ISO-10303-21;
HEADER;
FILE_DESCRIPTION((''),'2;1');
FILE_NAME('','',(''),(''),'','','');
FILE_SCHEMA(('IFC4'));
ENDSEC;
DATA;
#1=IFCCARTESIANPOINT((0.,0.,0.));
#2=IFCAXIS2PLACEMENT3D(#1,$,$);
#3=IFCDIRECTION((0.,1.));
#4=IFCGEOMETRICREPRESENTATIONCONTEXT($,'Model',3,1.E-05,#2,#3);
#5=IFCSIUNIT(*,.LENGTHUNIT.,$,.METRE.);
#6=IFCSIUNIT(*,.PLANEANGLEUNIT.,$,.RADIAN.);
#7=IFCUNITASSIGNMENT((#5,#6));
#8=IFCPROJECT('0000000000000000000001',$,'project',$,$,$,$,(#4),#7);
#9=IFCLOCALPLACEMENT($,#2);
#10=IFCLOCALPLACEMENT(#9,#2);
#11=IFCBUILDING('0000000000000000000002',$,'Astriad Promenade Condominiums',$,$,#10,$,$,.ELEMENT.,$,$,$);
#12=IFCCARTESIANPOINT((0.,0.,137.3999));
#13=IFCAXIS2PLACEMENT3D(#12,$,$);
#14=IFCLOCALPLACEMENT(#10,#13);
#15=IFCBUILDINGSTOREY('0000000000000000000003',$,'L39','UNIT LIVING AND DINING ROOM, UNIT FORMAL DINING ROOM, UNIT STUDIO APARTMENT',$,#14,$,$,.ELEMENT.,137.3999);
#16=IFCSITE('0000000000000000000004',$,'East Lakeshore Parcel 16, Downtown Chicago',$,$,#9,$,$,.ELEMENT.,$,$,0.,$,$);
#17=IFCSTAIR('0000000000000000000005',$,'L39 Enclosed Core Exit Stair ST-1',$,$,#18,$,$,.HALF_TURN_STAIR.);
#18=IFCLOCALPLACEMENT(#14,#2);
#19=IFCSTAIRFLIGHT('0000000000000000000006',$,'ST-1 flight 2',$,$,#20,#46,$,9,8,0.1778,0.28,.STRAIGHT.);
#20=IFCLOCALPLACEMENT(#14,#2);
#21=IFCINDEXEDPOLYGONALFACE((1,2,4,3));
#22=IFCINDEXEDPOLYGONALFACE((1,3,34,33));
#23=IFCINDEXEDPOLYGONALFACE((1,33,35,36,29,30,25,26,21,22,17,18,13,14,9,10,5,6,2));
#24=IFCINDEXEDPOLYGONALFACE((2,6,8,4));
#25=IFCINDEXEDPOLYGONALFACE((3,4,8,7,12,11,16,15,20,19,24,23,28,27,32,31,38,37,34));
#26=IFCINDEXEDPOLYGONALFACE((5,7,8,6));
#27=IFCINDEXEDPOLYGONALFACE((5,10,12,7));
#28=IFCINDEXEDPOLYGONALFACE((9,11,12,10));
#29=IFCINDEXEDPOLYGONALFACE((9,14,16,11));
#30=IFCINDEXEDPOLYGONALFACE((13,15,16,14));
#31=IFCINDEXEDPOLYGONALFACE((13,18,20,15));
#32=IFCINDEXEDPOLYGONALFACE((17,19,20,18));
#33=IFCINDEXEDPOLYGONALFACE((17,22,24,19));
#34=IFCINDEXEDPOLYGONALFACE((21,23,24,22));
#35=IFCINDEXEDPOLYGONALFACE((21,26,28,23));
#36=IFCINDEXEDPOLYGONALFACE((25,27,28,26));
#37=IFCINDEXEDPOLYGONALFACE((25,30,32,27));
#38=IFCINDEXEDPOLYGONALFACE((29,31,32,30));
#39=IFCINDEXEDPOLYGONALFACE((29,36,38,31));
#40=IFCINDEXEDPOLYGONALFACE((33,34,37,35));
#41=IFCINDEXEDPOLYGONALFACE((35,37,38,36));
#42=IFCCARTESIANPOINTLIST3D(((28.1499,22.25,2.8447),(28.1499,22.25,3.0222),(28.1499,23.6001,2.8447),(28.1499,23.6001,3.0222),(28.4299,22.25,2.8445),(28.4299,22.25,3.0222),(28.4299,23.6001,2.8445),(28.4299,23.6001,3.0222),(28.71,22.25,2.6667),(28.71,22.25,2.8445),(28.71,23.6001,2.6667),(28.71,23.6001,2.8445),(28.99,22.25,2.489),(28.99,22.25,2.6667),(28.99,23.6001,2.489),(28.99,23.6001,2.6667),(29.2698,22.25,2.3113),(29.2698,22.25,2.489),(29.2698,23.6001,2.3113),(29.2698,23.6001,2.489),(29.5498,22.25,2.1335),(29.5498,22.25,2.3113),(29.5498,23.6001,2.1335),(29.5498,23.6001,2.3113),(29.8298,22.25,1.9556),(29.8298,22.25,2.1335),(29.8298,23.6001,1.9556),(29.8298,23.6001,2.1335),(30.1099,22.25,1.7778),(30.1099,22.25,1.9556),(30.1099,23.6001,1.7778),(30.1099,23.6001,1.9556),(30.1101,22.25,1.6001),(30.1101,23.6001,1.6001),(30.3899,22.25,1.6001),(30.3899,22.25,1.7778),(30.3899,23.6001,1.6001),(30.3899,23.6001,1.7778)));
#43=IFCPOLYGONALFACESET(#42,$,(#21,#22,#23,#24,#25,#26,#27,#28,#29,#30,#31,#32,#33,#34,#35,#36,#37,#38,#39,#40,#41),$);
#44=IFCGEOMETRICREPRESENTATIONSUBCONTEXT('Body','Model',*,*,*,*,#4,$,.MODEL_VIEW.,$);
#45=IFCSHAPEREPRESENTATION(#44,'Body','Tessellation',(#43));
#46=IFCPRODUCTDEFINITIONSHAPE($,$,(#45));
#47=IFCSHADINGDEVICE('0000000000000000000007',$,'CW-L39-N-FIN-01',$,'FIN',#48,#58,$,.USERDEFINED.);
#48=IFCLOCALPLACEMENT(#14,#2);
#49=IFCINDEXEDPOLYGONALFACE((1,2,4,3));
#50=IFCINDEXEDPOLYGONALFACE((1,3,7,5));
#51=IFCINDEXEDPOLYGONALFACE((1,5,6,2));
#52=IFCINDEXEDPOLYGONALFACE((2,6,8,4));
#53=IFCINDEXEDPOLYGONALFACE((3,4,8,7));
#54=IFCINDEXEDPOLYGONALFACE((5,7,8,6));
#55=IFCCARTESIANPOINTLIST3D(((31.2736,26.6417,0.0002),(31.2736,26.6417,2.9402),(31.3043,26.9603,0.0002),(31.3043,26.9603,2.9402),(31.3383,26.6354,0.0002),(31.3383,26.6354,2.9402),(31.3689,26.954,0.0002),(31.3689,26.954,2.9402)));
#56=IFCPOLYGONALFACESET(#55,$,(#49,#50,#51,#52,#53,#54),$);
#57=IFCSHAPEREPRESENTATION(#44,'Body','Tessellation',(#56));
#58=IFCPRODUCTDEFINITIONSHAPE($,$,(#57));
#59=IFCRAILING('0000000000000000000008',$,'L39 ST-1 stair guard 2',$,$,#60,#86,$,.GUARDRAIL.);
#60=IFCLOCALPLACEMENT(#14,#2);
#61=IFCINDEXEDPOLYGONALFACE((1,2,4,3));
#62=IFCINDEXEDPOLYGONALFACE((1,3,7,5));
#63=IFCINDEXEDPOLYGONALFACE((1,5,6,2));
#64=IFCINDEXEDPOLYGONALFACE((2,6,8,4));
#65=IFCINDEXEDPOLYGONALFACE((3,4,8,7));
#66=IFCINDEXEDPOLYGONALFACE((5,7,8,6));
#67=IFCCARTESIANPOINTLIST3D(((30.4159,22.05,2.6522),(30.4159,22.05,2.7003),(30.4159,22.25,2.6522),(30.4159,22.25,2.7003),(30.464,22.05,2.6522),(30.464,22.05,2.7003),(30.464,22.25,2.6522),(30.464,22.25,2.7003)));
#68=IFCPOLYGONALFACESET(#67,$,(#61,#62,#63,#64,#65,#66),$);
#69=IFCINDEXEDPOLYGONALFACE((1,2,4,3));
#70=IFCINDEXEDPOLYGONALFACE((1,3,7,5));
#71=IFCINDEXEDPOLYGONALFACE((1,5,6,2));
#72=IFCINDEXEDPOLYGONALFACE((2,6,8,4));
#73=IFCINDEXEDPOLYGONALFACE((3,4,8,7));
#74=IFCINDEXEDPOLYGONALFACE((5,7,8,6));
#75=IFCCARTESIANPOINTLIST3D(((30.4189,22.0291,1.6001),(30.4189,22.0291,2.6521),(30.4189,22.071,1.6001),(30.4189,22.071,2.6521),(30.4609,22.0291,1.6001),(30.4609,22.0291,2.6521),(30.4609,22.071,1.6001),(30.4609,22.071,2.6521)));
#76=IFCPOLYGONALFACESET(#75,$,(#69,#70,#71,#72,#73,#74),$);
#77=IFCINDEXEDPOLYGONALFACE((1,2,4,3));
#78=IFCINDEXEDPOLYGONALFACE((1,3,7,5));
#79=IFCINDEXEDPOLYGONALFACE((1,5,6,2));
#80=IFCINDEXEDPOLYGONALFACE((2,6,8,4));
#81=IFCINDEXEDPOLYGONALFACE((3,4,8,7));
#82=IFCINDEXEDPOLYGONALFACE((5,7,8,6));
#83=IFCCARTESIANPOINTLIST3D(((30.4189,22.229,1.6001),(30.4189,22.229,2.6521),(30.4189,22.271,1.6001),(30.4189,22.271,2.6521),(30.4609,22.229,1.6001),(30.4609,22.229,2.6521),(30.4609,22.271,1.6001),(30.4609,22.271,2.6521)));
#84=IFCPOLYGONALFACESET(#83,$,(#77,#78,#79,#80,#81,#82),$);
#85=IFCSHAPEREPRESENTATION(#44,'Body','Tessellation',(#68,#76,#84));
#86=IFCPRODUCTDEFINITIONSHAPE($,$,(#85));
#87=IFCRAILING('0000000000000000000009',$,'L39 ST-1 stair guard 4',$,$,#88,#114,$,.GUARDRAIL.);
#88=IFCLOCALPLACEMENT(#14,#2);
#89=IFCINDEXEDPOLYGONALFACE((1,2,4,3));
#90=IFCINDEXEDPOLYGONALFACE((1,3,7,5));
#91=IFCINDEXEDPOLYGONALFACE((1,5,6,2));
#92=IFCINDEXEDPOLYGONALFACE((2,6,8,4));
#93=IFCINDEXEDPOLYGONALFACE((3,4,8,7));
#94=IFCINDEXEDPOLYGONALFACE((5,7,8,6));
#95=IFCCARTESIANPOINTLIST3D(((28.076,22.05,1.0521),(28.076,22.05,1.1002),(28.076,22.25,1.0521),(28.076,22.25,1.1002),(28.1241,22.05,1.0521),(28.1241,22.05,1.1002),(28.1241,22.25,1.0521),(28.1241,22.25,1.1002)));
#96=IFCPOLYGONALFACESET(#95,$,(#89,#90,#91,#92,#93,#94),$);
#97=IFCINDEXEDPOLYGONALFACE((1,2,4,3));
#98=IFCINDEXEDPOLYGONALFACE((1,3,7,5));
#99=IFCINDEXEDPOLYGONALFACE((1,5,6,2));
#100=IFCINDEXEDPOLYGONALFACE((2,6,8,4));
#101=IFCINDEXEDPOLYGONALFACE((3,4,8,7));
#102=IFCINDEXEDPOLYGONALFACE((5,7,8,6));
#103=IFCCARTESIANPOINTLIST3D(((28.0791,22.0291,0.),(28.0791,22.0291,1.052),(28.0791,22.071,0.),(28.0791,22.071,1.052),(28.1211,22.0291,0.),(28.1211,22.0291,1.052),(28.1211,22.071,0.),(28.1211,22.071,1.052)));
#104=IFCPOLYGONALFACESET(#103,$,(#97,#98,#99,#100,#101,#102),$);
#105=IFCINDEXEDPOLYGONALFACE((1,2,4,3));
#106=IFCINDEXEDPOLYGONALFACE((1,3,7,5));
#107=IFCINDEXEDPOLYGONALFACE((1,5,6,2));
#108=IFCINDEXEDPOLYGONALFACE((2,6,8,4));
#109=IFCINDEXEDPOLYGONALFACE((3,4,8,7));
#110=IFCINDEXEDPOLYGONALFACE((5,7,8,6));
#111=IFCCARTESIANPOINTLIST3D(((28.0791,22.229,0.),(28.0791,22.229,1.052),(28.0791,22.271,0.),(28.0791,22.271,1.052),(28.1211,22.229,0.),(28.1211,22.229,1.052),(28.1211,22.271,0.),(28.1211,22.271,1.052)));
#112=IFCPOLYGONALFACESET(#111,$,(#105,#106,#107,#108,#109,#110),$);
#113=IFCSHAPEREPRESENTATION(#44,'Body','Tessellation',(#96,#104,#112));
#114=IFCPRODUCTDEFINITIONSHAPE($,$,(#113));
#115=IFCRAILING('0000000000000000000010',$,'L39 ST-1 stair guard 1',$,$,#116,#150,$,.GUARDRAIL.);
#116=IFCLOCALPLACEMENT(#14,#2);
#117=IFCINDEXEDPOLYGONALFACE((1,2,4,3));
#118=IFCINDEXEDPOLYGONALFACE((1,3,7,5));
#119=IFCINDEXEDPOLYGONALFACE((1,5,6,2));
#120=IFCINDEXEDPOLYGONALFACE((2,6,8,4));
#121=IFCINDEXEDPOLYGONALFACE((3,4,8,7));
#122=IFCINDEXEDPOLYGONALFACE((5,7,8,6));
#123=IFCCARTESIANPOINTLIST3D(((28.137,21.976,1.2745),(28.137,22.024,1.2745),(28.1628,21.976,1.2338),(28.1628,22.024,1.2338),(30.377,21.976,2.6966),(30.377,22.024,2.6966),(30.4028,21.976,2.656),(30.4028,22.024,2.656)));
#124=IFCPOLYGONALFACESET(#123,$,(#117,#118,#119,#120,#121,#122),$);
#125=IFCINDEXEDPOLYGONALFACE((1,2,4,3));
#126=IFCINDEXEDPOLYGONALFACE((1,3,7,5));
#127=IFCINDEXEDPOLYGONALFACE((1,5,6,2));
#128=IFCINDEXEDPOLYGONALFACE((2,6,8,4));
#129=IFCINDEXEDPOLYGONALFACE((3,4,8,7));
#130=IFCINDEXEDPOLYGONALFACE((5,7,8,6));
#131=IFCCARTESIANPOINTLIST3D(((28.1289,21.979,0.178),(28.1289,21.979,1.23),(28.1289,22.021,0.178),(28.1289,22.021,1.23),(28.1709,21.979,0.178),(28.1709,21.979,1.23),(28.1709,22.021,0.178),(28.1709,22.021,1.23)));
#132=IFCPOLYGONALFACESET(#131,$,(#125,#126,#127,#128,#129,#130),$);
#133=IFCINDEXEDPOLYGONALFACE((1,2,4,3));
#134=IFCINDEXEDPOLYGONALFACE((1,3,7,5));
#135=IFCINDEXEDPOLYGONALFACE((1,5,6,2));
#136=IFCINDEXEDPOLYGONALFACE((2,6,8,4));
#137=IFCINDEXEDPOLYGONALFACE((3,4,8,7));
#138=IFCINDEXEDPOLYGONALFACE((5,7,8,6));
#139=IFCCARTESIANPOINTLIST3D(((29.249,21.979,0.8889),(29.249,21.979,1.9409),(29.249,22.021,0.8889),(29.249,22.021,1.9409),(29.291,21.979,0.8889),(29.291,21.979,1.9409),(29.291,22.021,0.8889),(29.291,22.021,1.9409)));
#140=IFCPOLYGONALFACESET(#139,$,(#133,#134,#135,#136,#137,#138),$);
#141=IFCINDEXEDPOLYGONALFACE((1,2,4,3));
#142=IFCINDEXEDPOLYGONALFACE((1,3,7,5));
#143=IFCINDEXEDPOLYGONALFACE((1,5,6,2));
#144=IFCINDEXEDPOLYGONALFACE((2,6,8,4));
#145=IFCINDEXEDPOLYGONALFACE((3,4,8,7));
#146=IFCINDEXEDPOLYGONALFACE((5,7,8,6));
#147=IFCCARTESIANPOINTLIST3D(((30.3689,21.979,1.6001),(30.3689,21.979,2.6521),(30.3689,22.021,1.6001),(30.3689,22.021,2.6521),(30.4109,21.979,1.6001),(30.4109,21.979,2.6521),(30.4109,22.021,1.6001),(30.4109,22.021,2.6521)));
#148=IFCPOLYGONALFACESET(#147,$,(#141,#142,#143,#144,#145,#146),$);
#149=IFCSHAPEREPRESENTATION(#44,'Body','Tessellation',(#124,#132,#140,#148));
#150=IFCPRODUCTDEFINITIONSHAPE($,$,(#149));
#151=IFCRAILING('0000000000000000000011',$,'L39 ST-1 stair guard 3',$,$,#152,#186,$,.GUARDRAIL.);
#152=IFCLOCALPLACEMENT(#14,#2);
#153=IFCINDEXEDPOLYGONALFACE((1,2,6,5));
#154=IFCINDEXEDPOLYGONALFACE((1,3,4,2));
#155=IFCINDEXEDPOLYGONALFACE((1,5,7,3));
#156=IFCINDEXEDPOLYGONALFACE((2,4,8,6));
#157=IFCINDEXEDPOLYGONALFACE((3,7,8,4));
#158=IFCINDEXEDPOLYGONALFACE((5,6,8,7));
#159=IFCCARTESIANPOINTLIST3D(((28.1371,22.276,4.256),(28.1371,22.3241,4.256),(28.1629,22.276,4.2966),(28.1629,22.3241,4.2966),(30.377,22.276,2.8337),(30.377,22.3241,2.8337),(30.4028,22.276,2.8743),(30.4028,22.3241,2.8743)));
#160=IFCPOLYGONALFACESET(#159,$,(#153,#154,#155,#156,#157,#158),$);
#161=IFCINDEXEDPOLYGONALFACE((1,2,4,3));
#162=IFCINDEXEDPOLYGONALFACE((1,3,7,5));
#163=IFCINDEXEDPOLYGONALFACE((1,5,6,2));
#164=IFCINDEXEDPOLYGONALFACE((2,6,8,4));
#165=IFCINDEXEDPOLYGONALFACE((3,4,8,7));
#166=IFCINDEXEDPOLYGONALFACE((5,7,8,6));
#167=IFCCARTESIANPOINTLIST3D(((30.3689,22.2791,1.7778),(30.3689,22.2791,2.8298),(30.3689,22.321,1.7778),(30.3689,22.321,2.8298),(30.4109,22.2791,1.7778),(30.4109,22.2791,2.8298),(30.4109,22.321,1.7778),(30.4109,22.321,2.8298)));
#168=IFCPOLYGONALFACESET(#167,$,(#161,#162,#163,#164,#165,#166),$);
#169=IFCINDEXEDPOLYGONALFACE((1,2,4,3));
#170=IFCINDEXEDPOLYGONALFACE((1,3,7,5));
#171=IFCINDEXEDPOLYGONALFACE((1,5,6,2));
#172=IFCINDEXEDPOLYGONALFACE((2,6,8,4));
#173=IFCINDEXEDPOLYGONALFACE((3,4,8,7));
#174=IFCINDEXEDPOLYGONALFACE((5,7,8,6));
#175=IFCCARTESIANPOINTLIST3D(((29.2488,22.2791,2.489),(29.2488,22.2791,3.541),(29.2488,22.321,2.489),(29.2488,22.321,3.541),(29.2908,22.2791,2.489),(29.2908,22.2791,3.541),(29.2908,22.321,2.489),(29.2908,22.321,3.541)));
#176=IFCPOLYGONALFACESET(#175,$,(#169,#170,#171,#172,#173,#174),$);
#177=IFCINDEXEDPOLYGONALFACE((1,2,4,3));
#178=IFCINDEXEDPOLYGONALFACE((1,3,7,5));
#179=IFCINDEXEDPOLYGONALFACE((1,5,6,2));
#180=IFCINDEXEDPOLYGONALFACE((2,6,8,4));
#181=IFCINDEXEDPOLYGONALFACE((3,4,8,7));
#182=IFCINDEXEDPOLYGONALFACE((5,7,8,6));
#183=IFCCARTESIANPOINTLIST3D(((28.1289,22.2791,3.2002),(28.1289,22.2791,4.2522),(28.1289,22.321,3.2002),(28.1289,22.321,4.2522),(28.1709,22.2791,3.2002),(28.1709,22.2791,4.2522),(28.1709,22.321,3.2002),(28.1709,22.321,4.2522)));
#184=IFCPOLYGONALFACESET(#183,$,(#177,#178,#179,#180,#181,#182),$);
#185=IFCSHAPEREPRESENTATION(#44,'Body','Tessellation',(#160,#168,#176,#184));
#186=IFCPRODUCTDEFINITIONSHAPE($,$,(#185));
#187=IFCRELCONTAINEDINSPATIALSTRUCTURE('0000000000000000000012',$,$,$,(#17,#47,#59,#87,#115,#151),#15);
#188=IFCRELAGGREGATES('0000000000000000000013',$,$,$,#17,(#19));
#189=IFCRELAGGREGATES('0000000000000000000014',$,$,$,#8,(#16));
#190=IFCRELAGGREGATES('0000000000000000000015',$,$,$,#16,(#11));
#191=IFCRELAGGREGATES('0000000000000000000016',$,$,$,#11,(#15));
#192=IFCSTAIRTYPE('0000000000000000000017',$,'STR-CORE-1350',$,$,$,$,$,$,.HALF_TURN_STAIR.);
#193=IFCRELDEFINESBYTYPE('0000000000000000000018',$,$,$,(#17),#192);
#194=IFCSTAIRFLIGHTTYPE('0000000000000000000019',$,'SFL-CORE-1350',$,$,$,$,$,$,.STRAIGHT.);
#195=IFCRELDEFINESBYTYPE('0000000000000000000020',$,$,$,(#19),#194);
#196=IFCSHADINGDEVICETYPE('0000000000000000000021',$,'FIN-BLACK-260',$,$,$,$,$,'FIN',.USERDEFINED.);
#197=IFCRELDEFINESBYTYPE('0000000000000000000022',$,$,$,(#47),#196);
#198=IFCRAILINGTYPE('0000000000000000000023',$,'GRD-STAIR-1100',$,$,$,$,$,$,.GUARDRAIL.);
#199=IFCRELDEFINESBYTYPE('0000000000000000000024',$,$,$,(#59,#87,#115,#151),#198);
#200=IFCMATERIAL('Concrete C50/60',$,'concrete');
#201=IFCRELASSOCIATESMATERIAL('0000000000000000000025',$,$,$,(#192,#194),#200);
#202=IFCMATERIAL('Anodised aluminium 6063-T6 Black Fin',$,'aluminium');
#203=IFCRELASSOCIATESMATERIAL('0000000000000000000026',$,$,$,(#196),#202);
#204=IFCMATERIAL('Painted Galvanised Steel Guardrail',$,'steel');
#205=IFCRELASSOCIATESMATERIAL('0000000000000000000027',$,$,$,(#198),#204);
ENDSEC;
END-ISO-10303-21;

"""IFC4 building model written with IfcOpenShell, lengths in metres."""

from ifc_helpers import new_model, si_unit, direction, frame, origin, origin_2d, place, context, subcontext, project, spatial, polyline, rectangle, outline, extrude, source, transform, mapped, material, type_object, type_shapes, element, aggregate, save


model = new_model("IFC4")

# Units and contexts
model_context = context("Model", 3, precision=1e-05, world=origin(), true_north=direction((0.0, 1.0)))
body_context = subcontext(model_context, "Body", "Model", "MODEL_VIEW")
ifc_project = project(units=[si_unit("LENGTHUNIT", "METRE"), si_unit("PLANEANGLEUNIT", "RADIAN")], contexts=[model_context])

# Site, building, storey
site_placement = place(None, origin())
site = spatial("IfcSite", under=ifc_project, at=site_placement, Name="East Lakeshore Parcel 16, Downtown Chicago", CompositionType="ELEMENT", RefElevation=0.0)
building_placement = place(site_placement, origin())
building = spatial("IfcBuilding", under=site, at=building_placement, Name="Astriad Promenade Condominiums", CompositionType="ELEMENT")
storey_placement = place(building_placement, frame((0.0, 0.0, 137.3999)))
storey = spatial("IfcBuildingStorey", under=building, at=storey_placement, Name="L39", Description="UNIT LIVING AND DINING ROOM, UNIT FORMAL DINING ROOM, UNIT STUDIO APARTMENT", CompositionType="ELEMENT", Elevation=137.3999)

# Shared definitions
ifc_material_1 = material(Name="Concrete C50/60", Category="concrete")

# Stair, stair flight
stair_type = type_object("IfcStairType", Name="STR-CORE-1350", PredefinedType="HALF_TURN_STAIR", material=ifc_material_1)
stair_placement = place(storey_placement, origin())
stair = element("IfcStair", 1, at=stair_placement, inside=storey, type_object=stair_type, Name="L39 Enclosed Core Exit Stair ST-1", PredefinedType="HALF_TURN_STAIR")
stair_flight_type = type_object("IfcStairFlightType", Name="SFL-CORE-1350", PredefinedType="STRAIGHT", material=ifc_material_1)
shared_shape_1 = source(origin(), body_context, "Body", "SweptSolid", [
    extrude(outline(polyline([(0.0, 0.0), (0.0, 0.1777), (0.28, 0.1777), (0.28, 0.3555), (0.5601, 0.3555), (0.5601, 0.5334), (0.8401, 0.5334), (0.8401, 0.7112), (1.1201, 0.7112), (1.1201, 0.8889), (1.3999, 0.8889), (1.3999, 1.0667), (1.6799, 1.0667), (1.6799, 1.2444), (1.96, 1.2444), (1.96, 1.4221), (2.24, 1.4221), (2.24, 1.6001), (2.24, 1.2446), (0.2798, 0.0), (0.0, 0.0)])), frame((0.0, 0.675, 0.0), z_axis=(0.0, -1.0, 0.0), x_axis=(1.0, 0.0, 0.0)), (0.0, 0.0, 1.0), 1.3501),
])
type_shapes(stair_flight_type, [shared_shape_1])
stair_flight_1_placement = place(storey_placement, frame((30.3899, 22.925, 1.6001), z_axis=(0.0, 0.0, 1.0), x_axis=(-1.0, 0.0, 0.0)))
stair_flight_1 = element("IfcStairFlight", 2, at=stair_flight_1_placement, type_object=stair_flight_type, Name="ST-1 flight 2", NumberOfRisers=9, NumberOfTreads=8, PredefinedType="STRAIGHT", RiserHeight=0.1778, TreadLength=0.28, context=body_context, shape_type="MappedRepresentation", body=[
    mapped(shared_shape_1, transform((0.0, 0.0, 0.0), scale=1.0)),
])
aggregate(stair, [stair_flight_1])

# Shading device
ifc_material_2 = material(Name="Anodised aluminium 6063-T6 Black Fin", Category="aluminium")
shading_device_type = type_object("IfcShadingDeviceType", Name="FIN-BLACK-260", ElementType="FIN", PredefinedType="USERDEFINED", material=ifc_material_2)
shared_shape_2 = source(origin(), body_context, "Body", "SweptSolid", [
    extrude(rectangle(XDim=0.0649, YDim=0.3201, at=origin_2d()), origin(), (0.0, 0.0, 1.0), 2.9399),
])
type_shapes(shading_device_type, [shared_shape_2])
shading_device_placement = place(storey_placement, frame((31.3213, 26.7979, 0.0002), z_axis=(0.0, 0.0, 1.0), x_axis=(0.995396, -0.095846, 0.0)))
element("IfcShadingDevice", 3, at=shading_device_placement, inside=storey, type_object=shading_device_type, Name="CW-L39-N-FIN-01", ObjectType="FIN", PredefinedType="USERDEFINED", context=body_context, shape_type="MappedRepresentation", body=[
    mapped(shared_shape_2, transform((0.0, 0.0, 0.0), scale=1.0)),
])

# Railings
ifc_material_3 = material(Name="Painted Galvanised Steel Guardrail", Category="steel")
railing_type_1 = type_object("IfcRailingType", Name="GRD-STAIR-1100", PredefinedType="GUARDRAIL", material=ifc_material_3)
shared_shape_3 = source(origin(), body_context, "Body", "SweptSolid", [
    extrude(rectangle(XDim=0.0481, YDim=0.0481, at=origin_2d()), frame((0.0, 0.0, 1.0762), z_axis=(0.0, 1.0, 0.0), x_axis=(-1.0, 0.0, 0.0)), (0.0, 0.0, 1.0), 0.2),
    extrude(rectangle(XDim=0.042, YDim=0.042, at=origin_2d()), origin(), (0.0, 0.0, 1.0), 1.052),
    extrude(rectangle(XDim=0.042, YDim=0.042, at=origin_2d()), frame((0.0, 0.2, 0.0)), (0.0, 0.0, 1.0), 1.052),
])
for number, where, name in (
    (4, (30.4399, 22.05, 1.6001), "L39 ST-1 stair guard 2"),
    (5, (28.1001, 22.05, 0.0), "L39 ST-1 stair guard 4"),
):
    element("IfcRailing", number, at=place(storey_placement, frame(where)), inside=storey, type_object=railing_type_1, Name=name, PredefinedType="GUARDRAIL", context=body_context, shape_type="MappedRepresentation", body=[
        mapped(shared_shape_3, transform((0.0, 0.0, 0.0), scale=1.0)),
    ])
shared_shape_4 = source(origin(), body_context, "Body", "SweptSolid", [
    extrude(rectangle(XDim=0.0481, YDim=0.0481, at=origin_2d()), frame((0.0, 0.0, 1.0762), z_axis=(0.844229, 0.0, 0.535982), x_axis=(0.0, 1.0, 0.0)), (0.0, 0.0, 1.0), 2.6533),
    extrude(rectangle(XDim=0.042, YDim=0.042, at=origin_2d()), origin(), (0.0, 0.0, 1.0), 1.052),
    extrude(rectangle(XDim=0.042, YDim=0.042, at=origin_2d()), frame((1.1201, 0.0, 0.7109)), (0.0, 0.0, 1.0), 1.052),
    extrude(rectangle(XDim=0.042, YDim=0.042, at=origin_2d()), frame((2.24, 0.0, 1.4221)), (0.0, 0.0, 1.0), 1.052),
])
railing_1_placement = place(storey_placement, frame((28.1499, 22.0, 0.178)))
element("IfcRailing", 6, at=railing_1_placement, inside=storey, type_object=railing_type_1, Name="L39 ST-1 stair guard 1", PredefinedType="GUARDRAIL", context=body_context, shape_type="MappedRepresentation", body=[
    mapped(shared_shape_4, transform((0.0, 0.0, 0.0), scale=1.0)),
])
shared_shape_5 = source(origin(), body_context, "Body", "SweptSolid", [
    extrude(rectangle(XDim=0.0481, YDim=0.0481, at=origin_2d()), frame((0.0, 0.0, 1.0762), z_axis=(-0.844188, 0.0, 0.536048), x_axis=(0.0, -1.0, 0.0)), (0.0, 0.0, 1.0), 2.6533),
    extrude(rectangle(XDim=0.042, YDim=0.042, at=origin_2d()), origin(), (0.0, 0.0, 1.0), 1.052),
    extrude(rectangle(XDim=0.042, YDim=0.042, at=origin_2d()), frame((-1.1201, 0.0, 0.7112)), (0.0, 0.0, 1.0), 1.052),
    extrude(rectangle(XDim=0.042, YDim=0.042, at=origin_2d()), frame((-2.24, 0.0, 1.4224)), (0.0, 0.0, 1.0), 1.052),
])
type_shapes(railing_type_1, [shared_shape_3, shared_shape_4, shared_shape_5])
railing_2_placement = place(storey_placement, frame((30.3899, 22.3, 1.7778)))
element("IfcRailing", 7, at=railing_2_placement, inside=storey, type_object=railing_type_1, Name="L39 ST-1 stair guard 3", PredefinedType="GUARDRAIL", context=body_context, shape_type="MappedRepresentation", body=[
    mapped(shared_shape_5, transform((0.0, 0.0, 0.0), scale=1.0)),
])

save(model, "model.ifc")
